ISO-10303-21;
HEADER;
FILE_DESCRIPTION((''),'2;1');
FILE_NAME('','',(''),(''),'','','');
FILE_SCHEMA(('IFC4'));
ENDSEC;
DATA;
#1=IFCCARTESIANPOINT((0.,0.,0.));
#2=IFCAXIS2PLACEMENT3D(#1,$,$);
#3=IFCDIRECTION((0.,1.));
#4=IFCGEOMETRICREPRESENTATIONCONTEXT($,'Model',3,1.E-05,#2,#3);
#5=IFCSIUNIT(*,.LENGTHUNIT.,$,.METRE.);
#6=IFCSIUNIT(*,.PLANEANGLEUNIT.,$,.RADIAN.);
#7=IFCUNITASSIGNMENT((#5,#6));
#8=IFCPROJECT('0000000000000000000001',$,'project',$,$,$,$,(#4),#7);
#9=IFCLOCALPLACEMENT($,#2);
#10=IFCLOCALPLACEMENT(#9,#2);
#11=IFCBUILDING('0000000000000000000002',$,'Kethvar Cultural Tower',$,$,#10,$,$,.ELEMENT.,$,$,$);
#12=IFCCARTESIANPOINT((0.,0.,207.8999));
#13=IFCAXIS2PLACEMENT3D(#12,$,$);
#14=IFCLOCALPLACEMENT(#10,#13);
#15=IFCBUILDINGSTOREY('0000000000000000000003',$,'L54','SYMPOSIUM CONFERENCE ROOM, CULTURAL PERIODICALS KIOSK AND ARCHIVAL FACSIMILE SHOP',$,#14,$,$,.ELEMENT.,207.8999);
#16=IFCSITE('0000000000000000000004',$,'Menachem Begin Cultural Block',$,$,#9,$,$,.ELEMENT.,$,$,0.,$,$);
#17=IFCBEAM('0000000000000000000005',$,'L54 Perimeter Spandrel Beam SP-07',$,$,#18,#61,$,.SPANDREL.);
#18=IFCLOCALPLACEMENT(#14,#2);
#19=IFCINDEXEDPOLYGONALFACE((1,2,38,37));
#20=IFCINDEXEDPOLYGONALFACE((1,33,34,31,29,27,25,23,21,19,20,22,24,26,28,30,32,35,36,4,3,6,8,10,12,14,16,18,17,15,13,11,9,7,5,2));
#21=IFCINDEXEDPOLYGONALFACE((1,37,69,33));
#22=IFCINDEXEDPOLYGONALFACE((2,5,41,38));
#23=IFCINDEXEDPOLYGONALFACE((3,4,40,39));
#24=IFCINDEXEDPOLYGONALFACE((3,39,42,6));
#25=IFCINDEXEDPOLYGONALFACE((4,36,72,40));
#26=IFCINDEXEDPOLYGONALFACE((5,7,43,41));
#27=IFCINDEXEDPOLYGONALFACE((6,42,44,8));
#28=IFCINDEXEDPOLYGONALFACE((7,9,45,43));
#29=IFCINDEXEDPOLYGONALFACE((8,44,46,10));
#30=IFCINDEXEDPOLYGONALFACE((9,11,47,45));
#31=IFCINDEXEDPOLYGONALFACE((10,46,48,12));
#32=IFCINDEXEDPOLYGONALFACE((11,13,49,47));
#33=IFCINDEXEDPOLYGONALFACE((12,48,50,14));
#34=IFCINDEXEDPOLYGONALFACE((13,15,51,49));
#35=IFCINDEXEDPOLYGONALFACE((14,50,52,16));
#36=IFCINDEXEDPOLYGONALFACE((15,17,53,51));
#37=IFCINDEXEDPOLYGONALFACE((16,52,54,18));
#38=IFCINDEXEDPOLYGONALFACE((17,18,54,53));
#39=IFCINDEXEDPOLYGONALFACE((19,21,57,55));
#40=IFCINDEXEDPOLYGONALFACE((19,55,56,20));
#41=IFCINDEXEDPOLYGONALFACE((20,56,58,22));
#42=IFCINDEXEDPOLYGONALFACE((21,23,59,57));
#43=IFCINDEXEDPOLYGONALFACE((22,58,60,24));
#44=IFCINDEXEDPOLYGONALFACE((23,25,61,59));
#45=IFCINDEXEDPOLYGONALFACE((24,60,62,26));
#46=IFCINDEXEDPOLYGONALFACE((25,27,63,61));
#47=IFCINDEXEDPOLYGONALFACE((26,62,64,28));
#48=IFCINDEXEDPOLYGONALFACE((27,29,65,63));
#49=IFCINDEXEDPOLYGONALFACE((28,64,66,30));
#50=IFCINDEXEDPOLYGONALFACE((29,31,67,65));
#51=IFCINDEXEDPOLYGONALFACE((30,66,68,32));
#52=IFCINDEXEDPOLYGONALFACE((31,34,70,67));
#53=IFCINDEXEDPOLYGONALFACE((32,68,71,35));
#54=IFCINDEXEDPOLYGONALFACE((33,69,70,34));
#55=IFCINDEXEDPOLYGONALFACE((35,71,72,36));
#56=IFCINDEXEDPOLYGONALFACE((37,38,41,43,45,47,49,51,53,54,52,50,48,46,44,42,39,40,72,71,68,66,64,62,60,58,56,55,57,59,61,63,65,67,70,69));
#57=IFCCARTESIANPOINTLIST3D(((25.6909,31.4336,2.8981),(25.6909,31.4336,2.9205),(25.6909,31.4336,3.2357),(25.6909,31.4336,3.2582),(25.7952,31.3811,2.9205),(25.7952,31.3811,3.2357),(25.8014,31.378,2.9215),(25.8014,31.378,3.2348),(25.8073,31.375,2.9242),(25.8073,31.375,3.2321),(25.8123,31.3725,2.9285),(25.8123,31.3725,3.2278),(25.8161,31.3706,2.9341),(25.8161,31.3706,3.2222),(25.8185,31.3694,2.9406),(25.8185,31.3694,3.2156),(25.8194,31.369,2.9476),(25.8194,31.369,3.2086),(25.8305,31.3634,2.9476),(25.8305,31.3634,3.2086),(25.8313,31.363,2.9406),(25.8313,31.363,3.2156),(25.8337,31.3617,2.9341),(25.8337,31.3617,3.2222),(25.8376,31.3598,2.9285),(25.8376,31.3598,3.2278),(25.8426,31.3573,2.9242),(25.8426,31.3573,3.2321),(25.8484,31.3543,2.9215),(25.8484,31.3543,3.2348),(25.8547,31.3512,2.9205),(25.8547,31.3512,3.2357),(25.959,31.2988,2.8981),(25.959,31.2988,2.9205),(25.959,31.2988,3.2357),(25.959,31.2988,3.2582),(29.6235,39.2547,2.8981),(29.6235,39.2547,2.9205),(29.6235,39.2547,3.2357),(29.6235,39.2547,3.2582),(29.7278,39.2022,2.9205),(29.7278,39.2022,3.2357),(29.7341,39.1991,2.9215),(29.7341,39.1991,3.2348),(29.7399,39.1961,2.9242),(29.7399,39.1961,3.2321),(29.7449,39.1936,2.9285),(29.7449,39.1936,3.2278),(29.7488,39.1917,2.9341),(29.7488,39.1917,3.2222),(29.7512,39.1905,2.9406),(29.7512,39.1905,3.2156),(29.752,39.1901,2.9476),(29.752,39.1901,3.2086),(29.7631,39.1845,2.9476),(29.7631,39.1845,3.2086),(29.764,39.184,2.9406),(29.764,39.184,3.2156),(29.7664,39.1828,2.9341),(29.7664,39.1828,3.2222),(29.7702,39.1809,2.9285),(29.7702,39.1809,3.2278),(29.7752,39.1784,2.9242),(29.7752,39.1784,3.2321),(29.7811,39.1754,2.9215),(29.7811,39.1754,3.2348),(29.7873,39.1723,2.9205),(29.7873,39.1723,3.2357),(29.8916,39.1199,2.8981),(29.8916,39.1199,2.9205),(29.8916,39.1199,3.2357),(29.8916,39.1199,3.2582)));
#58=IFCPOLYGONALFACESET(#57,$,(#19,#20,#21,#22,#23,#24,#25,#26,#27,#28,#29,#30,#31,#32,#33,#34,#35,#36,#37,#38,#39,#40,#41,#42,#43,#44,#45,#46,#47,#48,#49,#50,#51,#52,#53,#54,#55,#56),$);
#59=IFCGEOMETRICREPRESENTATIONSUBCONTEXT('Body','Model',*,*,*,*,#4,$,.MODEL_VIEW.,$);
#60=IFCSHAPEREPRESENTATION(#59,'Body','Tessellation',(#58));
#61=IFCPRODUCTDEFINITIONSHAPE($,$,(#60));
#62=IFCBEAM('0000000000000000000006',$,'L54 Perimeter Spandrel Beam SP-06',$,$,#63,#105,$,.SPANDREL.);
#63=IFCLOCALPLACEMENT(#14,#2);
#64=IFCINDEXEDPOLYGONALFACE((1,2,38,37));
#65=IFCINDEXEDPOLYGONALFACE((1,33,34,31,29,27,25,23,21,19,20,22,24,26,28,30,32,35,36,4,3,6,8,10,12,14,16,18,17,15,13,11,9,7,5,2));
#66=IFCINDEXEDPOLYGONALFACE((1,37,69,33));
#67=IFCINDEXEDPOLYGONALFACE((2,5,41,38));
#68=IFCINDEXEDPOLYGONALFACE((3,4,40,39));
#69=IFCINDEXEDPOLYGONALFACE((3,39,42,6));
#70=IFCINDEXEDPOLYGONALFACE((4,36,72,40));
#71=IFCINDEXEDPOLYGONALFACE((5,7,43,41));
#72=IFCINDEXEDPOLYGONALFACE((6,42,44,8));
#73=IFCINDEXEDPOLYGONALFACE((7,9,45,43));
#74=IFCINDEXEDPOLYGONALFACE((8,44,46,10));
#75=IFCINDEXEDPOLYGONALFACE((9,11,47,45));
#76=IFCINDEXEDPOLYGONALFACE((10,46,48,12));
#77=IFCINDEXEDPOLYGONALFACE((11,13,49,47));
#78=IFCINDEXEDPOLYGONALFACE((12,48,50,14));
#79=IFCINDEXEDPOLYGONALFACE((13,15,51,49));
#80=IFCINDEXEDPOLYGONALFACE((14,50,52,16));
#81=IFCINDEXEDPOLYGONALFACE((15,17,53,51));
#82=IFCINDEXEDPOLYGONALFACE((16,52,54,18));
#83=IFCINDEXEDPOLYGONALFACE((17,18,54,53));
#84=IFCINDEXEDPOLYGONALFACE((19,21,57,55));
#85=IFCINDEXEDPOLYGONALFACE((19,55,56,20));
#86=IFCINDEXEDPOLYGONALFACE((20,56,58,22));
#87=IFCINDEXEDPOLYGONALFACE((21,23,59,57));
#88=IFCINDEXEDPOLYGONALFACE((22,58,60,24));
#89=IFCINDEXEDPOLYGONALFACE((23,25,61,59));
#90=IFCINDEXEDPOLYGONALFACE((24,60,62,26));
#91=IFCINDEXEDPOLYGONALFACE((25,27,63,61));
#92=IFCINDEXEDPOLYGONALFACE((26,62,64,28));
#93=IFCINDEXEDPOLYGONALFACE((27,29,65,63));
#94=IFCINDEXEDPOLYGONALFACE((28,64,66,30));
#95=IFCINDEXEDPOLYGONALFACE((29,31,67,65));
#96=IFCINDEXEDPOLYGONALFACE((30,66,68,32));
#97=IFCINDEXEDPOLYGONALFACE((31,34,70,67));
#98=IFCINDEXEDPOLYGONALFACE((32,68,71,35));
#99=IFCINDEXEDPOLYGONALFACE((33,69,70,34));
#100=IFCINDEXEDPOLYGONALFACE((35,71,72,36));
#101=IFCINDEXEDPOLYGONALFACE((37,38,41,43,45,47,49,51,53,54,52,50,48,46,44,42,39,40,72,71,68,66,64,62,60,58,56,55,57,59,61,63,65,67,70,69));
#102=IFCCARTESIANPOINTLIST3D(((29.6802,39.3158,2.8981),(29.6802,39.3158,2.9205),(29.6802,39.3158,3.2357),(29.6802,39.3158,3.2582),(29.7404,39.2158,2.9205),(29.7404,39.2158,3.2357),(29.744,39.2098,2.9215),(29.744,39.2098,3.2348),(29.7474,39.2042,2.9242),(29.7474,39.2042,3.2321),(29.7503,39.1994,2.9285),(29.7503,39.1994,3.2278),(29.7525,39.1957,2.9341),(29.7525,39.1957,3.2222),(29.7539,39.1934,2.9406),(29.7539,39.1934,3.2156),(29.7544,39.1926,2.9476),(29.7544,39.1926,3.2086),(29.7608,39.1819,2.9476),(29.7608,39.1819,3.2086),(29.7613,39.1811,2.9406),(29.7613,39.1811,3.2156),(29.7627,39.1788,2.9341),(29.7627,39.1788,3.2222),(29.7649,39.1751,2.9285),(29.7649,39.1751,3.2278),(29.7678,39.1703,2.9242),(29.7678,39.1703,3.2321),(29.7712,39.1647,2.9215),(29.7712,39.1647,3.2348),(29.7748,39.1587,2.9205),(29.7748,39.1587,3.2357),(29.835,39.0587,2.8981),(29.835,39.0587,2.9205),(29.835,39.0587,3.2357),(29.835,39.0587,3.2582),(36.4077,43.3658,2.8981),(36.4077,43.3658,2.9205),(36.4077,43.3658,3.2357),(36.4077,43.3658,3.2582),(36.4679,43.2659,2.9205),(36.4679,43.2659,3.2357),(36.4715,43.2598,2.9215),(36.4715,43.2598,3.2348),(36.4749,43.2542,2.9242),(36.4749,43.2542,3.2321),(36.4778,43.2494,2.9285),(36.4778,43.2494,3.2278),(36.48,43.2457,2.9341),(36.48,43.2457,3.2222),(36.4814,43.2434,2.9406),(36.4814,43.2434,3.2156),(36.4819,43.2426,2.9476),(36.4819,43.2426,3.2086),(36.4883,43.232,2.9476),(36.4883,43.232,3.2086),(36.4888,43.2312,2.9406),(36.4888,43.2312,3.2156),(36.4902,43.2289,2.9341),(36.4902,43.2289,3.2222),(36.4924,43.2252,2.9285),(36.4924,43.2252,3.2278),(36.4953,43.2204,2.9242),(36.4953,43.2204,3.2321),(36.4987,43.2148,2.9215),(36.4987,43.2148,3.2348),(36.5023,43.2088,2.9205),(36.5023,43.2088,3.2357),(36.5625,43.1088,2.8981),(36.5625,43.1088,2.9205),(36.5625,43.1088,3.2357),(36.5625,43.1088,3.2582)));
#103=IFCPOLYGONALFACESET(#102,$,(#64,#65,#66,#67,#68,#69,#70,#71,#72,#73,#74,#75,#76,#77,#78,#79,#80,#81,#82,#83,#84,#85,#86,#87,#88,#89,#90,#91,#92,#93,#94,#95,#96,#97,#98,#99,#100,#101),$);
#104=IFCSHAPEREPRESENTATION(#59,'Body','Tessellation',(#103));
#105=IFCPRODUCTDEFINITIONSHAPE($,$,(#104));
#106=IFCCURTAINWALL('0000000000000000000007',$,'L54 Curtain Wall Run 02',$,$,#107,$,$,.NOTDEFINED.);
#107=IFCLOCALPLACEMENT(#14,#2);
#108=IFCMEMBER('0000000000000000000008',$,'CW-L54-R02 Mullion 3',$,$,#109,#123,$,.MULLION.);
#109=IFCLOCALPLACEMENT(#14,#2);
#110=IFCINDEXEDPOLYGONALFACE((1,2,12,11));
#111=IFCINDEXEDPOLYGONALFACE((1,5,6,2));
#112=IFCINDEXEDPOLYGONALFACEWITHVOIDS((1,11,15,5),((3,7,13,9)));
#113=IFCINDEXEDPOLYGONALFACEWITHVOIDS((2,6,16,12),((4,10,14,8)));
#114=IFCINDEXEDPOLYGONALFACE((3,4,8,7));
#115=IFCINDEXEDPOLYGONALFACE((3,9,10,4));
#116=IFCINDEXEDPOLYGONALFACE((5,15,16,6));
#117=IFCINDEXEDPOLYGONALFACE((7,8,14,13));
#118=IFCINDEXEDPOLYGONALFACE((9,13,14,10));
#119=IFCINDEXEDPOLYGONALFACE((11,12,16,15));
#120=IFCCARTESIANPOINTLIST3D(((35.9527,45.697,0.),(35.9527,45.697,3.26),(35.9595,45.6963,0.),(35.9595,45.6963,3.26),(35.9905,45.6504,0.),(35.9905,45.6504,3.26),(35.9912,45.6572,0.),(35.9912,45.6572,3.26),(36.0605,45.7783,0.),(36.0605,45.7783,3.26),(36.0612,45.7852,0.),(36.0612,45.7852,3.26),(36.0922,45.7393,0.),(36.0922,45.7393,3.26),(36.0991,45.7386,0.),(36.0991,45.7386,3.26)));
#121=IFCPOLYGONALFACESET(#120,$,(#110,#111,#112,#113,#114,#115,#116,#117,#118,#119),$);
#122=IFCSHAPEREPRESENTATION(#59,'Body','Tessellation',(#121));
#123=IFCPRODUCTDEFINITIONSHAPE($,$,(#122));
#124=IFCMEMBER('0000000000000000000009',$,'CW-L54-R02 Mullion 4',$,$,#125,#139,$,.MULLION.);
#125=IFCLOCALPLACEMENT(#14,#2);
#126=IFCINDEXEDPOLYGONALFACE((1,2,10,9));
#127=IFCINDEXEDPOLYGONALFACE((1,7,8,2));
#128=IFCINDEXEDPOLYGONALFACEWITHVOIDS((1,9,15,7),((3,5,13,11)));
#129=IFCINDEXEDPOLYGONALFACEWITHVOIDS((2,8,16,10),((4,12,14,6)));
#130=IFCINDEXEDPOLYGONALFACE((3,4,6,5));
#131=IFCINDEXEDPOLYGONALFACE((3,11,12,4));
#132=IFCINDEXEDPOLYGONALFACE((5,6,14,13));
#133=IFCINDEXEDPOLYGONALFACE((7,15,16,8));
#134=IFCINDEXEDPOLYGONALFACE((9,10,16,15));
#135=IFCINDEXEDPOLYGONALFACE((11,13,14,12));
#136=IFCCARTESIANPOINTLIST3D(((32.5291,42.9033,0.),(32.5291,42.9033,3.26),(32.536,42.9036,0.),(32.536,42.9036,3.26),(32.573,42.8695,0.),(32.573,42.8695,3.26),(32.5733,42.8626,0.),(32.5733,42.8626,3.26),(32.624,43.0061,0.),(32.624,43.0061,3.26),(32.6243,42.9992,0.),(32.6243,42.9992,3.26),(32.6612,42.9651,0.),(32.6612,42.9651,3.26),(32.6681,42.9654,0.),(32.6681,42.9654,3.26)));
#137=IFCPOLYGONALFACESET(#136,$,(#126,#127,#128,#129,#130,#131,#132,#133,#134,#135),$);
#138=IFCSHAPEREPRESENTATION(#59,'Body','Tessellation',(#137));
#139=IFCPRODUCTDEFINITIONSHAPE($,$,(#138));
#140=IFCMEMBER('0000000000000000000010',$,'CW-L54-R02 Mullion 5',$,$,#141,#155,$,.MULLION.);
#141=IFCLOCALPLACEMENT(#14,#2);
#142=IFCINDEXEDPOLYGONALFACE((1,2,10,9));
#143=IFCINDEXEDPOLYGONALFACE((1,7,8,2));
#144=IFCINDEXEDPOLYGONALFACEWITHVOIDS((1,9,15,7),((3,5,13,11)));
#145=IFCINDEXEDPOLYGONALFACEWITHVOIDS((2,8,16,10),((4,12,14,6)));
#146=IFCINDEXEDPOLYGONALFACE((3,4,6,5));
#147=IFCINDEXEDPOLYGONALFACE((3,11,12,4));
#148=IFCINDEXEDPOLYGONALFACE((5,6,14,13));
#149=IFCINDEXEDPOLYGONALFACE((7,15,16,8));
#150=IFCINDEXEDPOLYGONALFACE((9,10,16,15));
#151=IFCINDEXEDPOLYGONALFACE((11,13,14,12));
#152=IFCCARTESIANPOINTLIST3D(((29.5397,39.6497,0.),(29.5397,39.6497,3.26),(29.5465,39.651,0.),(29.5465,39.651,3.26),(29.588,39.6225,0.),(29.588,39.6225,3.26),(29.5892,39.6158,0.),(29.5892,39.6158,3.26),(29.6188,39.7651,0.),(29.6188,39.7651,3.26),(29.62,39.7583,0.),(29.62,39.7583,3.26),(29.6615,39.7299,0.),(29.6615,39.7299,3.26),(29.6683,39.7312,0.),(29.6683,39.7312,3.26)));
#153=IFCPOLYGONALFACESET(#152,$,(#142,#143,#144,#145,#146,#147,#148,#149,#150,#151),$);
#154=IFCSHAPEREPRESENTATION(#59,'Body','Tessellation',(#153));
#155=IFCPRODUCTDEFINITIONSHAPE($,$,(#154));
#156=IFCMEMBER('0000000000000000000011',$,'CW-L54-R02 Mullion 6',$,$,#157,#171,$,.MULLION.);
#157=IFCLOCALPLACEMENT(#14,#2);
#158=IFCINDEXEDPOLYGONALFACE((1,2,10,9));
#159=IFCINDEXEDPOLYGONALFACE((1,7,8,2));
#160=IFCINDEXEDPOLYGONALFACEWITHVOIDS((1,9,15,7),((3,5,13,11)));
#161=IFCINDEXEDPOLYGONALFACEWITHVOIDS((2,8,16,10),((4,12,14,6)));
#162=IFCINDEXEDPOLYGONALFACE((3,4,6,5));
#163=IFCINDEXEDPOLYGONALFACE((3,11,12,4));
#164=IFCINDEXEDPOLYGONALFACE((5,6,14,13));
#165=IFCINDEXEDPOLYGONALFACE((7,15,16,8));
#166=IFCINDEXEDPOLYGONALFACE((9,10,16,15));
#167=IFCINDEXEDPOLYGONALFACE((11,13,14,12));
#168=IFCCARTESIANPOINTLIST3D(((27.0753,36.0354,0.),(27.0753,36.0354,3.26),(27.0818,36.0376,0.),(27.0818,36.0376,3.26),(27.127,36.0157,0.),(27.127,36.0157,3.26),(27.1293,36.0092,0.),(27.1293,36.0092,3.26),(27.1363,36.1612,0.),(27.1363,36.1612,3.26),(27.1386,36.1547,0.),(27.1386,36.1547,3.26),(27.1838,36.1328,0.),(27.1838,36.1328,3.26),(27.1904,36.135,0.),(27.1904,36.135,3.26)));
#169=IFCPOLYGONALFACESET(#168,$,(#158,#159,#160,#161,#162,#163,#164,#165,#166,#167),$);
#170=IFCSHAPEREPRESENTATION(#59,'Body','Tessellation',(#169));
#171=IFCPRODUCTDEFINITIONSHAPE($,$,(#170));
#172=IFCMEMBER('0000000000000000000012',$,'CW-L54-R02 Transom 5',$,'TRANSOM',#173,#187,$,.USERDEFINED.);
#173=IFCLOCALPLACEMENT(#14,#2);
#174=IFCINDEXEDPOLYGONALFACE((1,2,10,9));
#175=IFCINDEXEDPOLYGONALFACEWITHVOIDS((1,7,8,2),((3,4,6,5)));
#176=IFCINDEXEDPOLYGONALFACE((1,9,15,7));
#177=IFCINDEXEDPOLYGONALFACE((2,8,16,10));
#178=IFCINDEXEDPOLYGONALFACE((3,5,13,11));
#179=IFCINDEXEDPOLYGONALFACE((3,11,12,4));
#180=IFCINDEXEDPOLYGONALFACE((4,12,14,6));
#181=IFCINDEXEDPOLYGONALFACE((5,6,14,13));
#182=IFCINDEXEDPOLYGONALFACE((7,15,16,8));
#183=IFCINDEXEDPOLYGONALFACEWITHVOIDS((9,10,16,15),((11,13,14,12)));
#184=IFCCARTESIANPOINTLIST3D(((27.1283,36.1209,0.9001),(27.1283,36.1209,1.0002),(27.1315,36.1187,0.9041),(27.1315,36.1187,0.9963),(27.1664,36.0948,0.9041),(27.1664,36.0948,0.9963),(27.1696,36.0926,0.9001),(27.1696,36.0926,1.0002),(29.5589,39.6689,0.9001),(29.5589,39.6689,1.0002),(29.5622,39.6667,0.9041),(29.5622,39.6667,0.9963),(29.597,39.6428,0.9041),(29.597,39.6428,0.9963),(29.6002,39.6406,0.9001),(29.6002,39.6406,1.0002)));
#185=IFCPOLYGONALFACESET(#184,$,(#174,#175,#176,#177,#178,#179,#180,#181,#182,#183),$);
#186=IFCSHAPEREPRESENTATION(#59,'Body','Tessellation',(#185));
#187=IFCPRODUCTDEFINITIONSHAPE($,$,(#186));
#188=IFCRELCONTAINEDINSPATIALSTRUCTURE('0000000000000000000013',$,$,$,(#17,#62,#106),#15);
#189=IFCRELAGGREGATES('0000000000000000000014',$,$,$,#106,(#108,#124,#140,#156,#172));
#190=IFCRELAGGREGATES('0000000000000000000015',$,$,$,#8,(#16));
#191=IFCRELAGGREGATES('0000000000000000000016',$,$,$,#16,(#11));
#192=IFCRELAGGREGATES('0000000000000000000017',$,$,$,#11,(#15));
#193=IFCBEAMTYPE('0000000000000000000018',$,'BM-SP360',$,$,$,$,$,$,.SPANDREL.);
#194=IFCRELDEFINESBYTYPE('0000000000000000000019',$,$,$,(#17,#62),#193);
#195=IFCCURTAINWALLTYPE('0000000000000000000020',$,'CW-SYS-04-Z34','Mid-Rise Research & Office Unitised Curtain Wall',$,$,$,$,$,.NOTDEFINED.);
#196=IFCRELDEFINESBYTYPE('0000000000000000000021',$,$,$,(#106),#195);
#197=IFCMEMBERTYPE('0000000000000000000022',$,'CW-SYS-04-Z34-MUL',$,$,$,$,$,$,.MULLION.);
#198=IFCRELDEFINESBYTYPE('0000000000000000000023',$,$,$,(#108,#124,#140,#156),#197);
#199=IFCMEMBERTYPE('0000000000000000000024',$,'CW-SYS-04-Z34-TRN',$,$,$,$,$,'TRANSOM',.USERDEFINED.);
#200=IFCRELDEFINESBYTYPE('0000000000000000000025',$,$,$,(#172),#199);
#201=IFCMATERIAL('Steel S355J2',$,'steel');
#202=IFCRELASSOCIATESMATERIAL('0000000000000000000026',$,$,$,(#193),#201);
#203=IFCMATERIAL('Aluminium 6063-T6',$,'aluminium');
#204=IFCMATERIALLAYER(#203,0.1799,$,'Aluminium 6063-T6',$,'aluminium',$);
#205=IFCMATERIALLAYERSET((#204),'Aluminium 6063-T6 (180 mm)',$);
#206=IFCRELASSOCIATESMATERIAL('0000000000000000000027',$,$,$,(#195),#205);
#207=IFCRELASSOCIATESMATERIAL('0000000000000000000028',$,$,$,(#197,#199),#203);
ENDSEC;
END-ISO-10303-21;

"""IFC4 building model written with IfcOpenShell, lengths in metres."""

from ifc_helpers import new_model, si_unit, direction, frame, origin, origin_2d, place, context, subcontext, project, spatial, hollow_rectangle, i_section, extrude, source, transform, mapped, material, layer, layer_set, material_profile, profile_set, type_object, element, aggregate, save


model = new_model("IFC4")

# Units and contexts
model_context = context("Model", 3, precision=1e-05, world=origin(), true_north=direction((0.0, 1.0)))
body_context = subcontext(model_context, "Body", "Model", "MODEL_VIEW")
ifc_project = project(units=[si_unit("LENGTHUNIT", "METRE"), si_unit("PLANEANGLEUNIT", "RADIAN")], contexts=[model_context])

# Site, building, storey
site_placement = place(None, origin())
site = spatial("IfcSite", under=ifc_project, at=site_placement, Name="Menachem Begin Cultural Block", CompositionType="ELEMENT", RefElevation=0.0)
building_placement = place(site_placement, origin())
building = spatial("IfcBuilding", under=site, at=building_placement, Name="Kethvar Cultural Tower", CompositionType="ELEMENT")
storey_placement = place(building_placement, frame((0.0, 0.0, 207.8999)))
storey = spatial("IfcBuildingStorey", under=building, at=storey_placement, Name="L54", Description="SYMPOSIUM CONFERENCE ROOM, CULTURAL PERIODICALS KIOSK AND ARCHIVAL FACSIMILE SHOP", CompositionType="ELEMENT", Elevation=207.8999)

# Beams
ifc_material_1 = material(Name="Steel S355J2", Category="steel")
ifc_material_profile_1 = material_profile(ifc_material_1, i_section(OverallWidth=0.3, OverallDepth=0.3601, WebThickness=0.0125, FlangeThickness=0.0225, FilletRadius=0.0271, at=origin_2d()), Name="Steel S355J2 — HEB360")
ifc_profile_set_1 = profile_set([ifc_material_profile_1], Name="Steel S355J2 — HEB360")
beam_type_1 = type_object("IfcBeamType", Name="BM-SP360", PredefinedType="SPANDREL", material=ifc_profile_set_1)
shared_shape_1 = source(origin(), body_context, "Body", "SweptSolid", [
    extrude(i_section(OverallWidth=0.3, OverallDepth=0.3601, WebThickness=0.0125, FlangeThickness=0.0225, FilletRadius=0.0271, at=origin_2d()), origin(), (0.0, 0.0, 1.0), 8.7542),
])
beam_1_placement = place(storey_placement, frame((29.7576, 39.1873, 3.0781), z_axis=(-0.449232, -0.893415, 0.0), x_axis=(0.893415, -0.449232, 0.0)))
element("IfcBeam", 1, at=beam_1_placement, inside=storey, type_object=beam_type_1, Name="L54 Perimeter Spandrel Beam SP-07", PredefinedType="SPANDREL", context=body_context, shape_type="MappedRepresentation", body=[
    mapped(shared_shape_1, transform((0.0, 0.0, 0.0), scale=1.0)),
])
shared_shape_2 = source(origin(), body_context, "Body", "SweptSolid", [
    extrude(i_section(OverallWidth=0.3, OverallDepth=0.3601, WebThickness=0.0125, FlangeThickness=0.0225, FilletRadius=0.0271, at=origin_2d()), origin(), (0.0, 0.0, 1.0), 7.8525),
])
beam_2_placement = place(storey_placement, frame((36.4851, 43.2373, 3.0781), z_axis=(-0.856732, -0.515762, 0.0), x_axis=(0.515762, -0.856732, 0.0)))
element("IfcBeam", 2, at=beam_2_placement, inside=storey, type_object=beam_type_1, Name="L54 Perimeter Spandrel Beam SP-06", PredefinedType="SPANDREL", context=body_context, shape_type="MappedRepresentation", body=[
    mapped(shared_shape_2, transform((0.0, 0.0, 0.0), scale=1.0)),
])

# Curtain wall, members
ifc_material_2 = material(Name="Aluminium 6063-T6", Category="aluminium")
ifc_layer_1 = layer(ifc_material_2, 0.1799, Name="Aluminium 6063-T6", Category="aluminium")
ifc_layer_set_1 = layer_set([ifc_layer_1], Name="Aluminium 6063-T6 (180 mm)")
curtain_wall_type = type_object("IfcCurtainWallType", Name="CW-SYS-04-Z34", Description="Mid-Rise Research & Office Unitised Curtain Wall", PredefinedType="NOTDEFINED", material=ifc_layer_set_1)
curtain_wall_placement = place(storey_placement, origin())
curtain_wall = element("IfcCurtainWall", 3, at=curtain_wall_placement, inside=storey, type_object=curtain_wall_type, Name="L54 Curtain Wall Run 02", PredefinedType="NOTDEFINED")
ifc_material_profile_2 = material_profile(ifc_material_2, hollow_rectangle(XDim=0.0601, YDim=0.1399, WallThickness=0.0049, at=origin_2d()), Name="Aluminium 6063-T6 — RHS140x60x5")
ifc_profile_set_2 = profile_set([ifc_material_profile_2], Name="Aluminium 6063-T6 — RHS140x60x5")
member_type_1 = type_object("IfcMemberType", Name="CW-SYS-04-Z34-MUL", PredefinedType="MULLION", material=ifc_profile_set_2)
shared_shape_3 = source(origin(), body_context, "Body", "SweptSolid", [
    extrude(hollow_rectangle(XDim=0.0601, YDim=0.1399, WallThickness=0.0049, at=origin_2d()), origin(), (0.0, 0.0, 1.0), 3.26),
])
member_1_placement = place(storey_placement, frame((36.0259, 45.7178, 0.0), z_axis=(0.0, 0.0, 1.0), x_axis=(0.630635, -0.776079, 0.0)))
member_1 = element("IfcMember", 4, at=member_1_placement, type_object=member_type_1, Name="CW-L54-R02 Mullion 3", PredefinedType="MULLION", context=body_context, shape_type="MappedRepresentation", body=[
    mapped(shared_shape_3, transform((0.0, 0.0, 0.0), scale=1.0)),
])
member_2_placement = place(storey_placement, frame((32.5986, 42.9343, 0.0), z_axis=(0.0, 0.0, 1.0), x_axis=(0.73495, -0.678121, 0.0)))
member_2 = element("IfcMember", 5, at=member_2_placement, type_object=member_type_1, Name="CW-L54-R02 Mullion 4", PredefinedType="MULLION", context=body_context, shape_type="MappedRepresentation", body=[
    mapped(shared_shape_3, transform((0.0, 0.0, 0.0), scale=1.0)),
])
member_3_placement = place(storey_placement, frame((29.604, 39.6904, 0.0), z_axis=(0.0, 0.0, 1.0), x_axis=(0.824995, -0.56514, 0.0)))
member_3 = element("IfcMember", 6, at=member_3_placement, type_object=member_type_1, Name="CW-L54-R02 Mullion 5", PredefinedType="MULLION", context=body_context, shape_type="MappedRepresentation", body=[
    mapped(shared_shape_3, transform((0.0, 0.0, 0.0), scale=1.0)),
])
member_4_placement = place(storey_placement, frame((27.1328, 36.0852, 0.0), z_axis=(0.0, 0.0, 1.0), x_axis=(0.899718, -0.436472, 0.0)))
member_4 = element("IfcMember", 7, at=member_4_placement, type_object=member_type_1, Name="CW-L54-R02 Mullion 6", PredefinedType="MULLION", context=body_context, shape_type="MappedRepresentation", body=[
    mapped(shared_shape_3, transform((0.0, 0.0, 0.0), scale=1.0)),
])
ifc_material_profile_3 = material_profile(ifc_material_2, hollow_rectangle(XDim=0.05, YDim=0.1001, WallThickness=0.0039, at=origin_2d()), Name="Aluminium 6063-T6 — RHS100x50x4")
ifc_profile_set_3 = profile_set([ifc_material_profile_3], Name="Aluminium 6063-T6 — RHS100x50x4")
member_type_2 = type_object("IfcMemberType", Name="CW-SYS-04-Z34-TRN", ElementType="TRANSOM", PredefinedType="USERDEFINED", material=ifc_profile_set_3)
shared_shape_4 = source(origin(), body_context, "Body", "SweptSolid", [
    extrude(hollow_rectangle(XDim=0.05, YDim=0.1001, WallThickness=0.0039, at=origin_2d()), origin(), (0.0, 0.0, 1.0), 4.3008),
])
member_5_placement = place(storey_placement, frame((29.5796, 39.6548, 0.9502), z_axis=(-0.565162, -0.82498, 0.0), x_axis=(0.82498, -0.565162, 0.0)))
member_5 = element("IfcMember", 8, at=member_5_placement, type_object=member_type_2, Name="CW-L54-R02 Transom 5", ObjectType="TRANSOM", PredefinedType="USERDEFINED", context=body_context, shape_type="MappedRepresentation", body=[
    mapped(shared_shape_4, transform((0.0, 0.0, 0.0), scale=1.0)),
])
aggregate(curtain_wall, [member_1, member_2, member_3, member_4, member_5])

save(model, "model.ifc")
